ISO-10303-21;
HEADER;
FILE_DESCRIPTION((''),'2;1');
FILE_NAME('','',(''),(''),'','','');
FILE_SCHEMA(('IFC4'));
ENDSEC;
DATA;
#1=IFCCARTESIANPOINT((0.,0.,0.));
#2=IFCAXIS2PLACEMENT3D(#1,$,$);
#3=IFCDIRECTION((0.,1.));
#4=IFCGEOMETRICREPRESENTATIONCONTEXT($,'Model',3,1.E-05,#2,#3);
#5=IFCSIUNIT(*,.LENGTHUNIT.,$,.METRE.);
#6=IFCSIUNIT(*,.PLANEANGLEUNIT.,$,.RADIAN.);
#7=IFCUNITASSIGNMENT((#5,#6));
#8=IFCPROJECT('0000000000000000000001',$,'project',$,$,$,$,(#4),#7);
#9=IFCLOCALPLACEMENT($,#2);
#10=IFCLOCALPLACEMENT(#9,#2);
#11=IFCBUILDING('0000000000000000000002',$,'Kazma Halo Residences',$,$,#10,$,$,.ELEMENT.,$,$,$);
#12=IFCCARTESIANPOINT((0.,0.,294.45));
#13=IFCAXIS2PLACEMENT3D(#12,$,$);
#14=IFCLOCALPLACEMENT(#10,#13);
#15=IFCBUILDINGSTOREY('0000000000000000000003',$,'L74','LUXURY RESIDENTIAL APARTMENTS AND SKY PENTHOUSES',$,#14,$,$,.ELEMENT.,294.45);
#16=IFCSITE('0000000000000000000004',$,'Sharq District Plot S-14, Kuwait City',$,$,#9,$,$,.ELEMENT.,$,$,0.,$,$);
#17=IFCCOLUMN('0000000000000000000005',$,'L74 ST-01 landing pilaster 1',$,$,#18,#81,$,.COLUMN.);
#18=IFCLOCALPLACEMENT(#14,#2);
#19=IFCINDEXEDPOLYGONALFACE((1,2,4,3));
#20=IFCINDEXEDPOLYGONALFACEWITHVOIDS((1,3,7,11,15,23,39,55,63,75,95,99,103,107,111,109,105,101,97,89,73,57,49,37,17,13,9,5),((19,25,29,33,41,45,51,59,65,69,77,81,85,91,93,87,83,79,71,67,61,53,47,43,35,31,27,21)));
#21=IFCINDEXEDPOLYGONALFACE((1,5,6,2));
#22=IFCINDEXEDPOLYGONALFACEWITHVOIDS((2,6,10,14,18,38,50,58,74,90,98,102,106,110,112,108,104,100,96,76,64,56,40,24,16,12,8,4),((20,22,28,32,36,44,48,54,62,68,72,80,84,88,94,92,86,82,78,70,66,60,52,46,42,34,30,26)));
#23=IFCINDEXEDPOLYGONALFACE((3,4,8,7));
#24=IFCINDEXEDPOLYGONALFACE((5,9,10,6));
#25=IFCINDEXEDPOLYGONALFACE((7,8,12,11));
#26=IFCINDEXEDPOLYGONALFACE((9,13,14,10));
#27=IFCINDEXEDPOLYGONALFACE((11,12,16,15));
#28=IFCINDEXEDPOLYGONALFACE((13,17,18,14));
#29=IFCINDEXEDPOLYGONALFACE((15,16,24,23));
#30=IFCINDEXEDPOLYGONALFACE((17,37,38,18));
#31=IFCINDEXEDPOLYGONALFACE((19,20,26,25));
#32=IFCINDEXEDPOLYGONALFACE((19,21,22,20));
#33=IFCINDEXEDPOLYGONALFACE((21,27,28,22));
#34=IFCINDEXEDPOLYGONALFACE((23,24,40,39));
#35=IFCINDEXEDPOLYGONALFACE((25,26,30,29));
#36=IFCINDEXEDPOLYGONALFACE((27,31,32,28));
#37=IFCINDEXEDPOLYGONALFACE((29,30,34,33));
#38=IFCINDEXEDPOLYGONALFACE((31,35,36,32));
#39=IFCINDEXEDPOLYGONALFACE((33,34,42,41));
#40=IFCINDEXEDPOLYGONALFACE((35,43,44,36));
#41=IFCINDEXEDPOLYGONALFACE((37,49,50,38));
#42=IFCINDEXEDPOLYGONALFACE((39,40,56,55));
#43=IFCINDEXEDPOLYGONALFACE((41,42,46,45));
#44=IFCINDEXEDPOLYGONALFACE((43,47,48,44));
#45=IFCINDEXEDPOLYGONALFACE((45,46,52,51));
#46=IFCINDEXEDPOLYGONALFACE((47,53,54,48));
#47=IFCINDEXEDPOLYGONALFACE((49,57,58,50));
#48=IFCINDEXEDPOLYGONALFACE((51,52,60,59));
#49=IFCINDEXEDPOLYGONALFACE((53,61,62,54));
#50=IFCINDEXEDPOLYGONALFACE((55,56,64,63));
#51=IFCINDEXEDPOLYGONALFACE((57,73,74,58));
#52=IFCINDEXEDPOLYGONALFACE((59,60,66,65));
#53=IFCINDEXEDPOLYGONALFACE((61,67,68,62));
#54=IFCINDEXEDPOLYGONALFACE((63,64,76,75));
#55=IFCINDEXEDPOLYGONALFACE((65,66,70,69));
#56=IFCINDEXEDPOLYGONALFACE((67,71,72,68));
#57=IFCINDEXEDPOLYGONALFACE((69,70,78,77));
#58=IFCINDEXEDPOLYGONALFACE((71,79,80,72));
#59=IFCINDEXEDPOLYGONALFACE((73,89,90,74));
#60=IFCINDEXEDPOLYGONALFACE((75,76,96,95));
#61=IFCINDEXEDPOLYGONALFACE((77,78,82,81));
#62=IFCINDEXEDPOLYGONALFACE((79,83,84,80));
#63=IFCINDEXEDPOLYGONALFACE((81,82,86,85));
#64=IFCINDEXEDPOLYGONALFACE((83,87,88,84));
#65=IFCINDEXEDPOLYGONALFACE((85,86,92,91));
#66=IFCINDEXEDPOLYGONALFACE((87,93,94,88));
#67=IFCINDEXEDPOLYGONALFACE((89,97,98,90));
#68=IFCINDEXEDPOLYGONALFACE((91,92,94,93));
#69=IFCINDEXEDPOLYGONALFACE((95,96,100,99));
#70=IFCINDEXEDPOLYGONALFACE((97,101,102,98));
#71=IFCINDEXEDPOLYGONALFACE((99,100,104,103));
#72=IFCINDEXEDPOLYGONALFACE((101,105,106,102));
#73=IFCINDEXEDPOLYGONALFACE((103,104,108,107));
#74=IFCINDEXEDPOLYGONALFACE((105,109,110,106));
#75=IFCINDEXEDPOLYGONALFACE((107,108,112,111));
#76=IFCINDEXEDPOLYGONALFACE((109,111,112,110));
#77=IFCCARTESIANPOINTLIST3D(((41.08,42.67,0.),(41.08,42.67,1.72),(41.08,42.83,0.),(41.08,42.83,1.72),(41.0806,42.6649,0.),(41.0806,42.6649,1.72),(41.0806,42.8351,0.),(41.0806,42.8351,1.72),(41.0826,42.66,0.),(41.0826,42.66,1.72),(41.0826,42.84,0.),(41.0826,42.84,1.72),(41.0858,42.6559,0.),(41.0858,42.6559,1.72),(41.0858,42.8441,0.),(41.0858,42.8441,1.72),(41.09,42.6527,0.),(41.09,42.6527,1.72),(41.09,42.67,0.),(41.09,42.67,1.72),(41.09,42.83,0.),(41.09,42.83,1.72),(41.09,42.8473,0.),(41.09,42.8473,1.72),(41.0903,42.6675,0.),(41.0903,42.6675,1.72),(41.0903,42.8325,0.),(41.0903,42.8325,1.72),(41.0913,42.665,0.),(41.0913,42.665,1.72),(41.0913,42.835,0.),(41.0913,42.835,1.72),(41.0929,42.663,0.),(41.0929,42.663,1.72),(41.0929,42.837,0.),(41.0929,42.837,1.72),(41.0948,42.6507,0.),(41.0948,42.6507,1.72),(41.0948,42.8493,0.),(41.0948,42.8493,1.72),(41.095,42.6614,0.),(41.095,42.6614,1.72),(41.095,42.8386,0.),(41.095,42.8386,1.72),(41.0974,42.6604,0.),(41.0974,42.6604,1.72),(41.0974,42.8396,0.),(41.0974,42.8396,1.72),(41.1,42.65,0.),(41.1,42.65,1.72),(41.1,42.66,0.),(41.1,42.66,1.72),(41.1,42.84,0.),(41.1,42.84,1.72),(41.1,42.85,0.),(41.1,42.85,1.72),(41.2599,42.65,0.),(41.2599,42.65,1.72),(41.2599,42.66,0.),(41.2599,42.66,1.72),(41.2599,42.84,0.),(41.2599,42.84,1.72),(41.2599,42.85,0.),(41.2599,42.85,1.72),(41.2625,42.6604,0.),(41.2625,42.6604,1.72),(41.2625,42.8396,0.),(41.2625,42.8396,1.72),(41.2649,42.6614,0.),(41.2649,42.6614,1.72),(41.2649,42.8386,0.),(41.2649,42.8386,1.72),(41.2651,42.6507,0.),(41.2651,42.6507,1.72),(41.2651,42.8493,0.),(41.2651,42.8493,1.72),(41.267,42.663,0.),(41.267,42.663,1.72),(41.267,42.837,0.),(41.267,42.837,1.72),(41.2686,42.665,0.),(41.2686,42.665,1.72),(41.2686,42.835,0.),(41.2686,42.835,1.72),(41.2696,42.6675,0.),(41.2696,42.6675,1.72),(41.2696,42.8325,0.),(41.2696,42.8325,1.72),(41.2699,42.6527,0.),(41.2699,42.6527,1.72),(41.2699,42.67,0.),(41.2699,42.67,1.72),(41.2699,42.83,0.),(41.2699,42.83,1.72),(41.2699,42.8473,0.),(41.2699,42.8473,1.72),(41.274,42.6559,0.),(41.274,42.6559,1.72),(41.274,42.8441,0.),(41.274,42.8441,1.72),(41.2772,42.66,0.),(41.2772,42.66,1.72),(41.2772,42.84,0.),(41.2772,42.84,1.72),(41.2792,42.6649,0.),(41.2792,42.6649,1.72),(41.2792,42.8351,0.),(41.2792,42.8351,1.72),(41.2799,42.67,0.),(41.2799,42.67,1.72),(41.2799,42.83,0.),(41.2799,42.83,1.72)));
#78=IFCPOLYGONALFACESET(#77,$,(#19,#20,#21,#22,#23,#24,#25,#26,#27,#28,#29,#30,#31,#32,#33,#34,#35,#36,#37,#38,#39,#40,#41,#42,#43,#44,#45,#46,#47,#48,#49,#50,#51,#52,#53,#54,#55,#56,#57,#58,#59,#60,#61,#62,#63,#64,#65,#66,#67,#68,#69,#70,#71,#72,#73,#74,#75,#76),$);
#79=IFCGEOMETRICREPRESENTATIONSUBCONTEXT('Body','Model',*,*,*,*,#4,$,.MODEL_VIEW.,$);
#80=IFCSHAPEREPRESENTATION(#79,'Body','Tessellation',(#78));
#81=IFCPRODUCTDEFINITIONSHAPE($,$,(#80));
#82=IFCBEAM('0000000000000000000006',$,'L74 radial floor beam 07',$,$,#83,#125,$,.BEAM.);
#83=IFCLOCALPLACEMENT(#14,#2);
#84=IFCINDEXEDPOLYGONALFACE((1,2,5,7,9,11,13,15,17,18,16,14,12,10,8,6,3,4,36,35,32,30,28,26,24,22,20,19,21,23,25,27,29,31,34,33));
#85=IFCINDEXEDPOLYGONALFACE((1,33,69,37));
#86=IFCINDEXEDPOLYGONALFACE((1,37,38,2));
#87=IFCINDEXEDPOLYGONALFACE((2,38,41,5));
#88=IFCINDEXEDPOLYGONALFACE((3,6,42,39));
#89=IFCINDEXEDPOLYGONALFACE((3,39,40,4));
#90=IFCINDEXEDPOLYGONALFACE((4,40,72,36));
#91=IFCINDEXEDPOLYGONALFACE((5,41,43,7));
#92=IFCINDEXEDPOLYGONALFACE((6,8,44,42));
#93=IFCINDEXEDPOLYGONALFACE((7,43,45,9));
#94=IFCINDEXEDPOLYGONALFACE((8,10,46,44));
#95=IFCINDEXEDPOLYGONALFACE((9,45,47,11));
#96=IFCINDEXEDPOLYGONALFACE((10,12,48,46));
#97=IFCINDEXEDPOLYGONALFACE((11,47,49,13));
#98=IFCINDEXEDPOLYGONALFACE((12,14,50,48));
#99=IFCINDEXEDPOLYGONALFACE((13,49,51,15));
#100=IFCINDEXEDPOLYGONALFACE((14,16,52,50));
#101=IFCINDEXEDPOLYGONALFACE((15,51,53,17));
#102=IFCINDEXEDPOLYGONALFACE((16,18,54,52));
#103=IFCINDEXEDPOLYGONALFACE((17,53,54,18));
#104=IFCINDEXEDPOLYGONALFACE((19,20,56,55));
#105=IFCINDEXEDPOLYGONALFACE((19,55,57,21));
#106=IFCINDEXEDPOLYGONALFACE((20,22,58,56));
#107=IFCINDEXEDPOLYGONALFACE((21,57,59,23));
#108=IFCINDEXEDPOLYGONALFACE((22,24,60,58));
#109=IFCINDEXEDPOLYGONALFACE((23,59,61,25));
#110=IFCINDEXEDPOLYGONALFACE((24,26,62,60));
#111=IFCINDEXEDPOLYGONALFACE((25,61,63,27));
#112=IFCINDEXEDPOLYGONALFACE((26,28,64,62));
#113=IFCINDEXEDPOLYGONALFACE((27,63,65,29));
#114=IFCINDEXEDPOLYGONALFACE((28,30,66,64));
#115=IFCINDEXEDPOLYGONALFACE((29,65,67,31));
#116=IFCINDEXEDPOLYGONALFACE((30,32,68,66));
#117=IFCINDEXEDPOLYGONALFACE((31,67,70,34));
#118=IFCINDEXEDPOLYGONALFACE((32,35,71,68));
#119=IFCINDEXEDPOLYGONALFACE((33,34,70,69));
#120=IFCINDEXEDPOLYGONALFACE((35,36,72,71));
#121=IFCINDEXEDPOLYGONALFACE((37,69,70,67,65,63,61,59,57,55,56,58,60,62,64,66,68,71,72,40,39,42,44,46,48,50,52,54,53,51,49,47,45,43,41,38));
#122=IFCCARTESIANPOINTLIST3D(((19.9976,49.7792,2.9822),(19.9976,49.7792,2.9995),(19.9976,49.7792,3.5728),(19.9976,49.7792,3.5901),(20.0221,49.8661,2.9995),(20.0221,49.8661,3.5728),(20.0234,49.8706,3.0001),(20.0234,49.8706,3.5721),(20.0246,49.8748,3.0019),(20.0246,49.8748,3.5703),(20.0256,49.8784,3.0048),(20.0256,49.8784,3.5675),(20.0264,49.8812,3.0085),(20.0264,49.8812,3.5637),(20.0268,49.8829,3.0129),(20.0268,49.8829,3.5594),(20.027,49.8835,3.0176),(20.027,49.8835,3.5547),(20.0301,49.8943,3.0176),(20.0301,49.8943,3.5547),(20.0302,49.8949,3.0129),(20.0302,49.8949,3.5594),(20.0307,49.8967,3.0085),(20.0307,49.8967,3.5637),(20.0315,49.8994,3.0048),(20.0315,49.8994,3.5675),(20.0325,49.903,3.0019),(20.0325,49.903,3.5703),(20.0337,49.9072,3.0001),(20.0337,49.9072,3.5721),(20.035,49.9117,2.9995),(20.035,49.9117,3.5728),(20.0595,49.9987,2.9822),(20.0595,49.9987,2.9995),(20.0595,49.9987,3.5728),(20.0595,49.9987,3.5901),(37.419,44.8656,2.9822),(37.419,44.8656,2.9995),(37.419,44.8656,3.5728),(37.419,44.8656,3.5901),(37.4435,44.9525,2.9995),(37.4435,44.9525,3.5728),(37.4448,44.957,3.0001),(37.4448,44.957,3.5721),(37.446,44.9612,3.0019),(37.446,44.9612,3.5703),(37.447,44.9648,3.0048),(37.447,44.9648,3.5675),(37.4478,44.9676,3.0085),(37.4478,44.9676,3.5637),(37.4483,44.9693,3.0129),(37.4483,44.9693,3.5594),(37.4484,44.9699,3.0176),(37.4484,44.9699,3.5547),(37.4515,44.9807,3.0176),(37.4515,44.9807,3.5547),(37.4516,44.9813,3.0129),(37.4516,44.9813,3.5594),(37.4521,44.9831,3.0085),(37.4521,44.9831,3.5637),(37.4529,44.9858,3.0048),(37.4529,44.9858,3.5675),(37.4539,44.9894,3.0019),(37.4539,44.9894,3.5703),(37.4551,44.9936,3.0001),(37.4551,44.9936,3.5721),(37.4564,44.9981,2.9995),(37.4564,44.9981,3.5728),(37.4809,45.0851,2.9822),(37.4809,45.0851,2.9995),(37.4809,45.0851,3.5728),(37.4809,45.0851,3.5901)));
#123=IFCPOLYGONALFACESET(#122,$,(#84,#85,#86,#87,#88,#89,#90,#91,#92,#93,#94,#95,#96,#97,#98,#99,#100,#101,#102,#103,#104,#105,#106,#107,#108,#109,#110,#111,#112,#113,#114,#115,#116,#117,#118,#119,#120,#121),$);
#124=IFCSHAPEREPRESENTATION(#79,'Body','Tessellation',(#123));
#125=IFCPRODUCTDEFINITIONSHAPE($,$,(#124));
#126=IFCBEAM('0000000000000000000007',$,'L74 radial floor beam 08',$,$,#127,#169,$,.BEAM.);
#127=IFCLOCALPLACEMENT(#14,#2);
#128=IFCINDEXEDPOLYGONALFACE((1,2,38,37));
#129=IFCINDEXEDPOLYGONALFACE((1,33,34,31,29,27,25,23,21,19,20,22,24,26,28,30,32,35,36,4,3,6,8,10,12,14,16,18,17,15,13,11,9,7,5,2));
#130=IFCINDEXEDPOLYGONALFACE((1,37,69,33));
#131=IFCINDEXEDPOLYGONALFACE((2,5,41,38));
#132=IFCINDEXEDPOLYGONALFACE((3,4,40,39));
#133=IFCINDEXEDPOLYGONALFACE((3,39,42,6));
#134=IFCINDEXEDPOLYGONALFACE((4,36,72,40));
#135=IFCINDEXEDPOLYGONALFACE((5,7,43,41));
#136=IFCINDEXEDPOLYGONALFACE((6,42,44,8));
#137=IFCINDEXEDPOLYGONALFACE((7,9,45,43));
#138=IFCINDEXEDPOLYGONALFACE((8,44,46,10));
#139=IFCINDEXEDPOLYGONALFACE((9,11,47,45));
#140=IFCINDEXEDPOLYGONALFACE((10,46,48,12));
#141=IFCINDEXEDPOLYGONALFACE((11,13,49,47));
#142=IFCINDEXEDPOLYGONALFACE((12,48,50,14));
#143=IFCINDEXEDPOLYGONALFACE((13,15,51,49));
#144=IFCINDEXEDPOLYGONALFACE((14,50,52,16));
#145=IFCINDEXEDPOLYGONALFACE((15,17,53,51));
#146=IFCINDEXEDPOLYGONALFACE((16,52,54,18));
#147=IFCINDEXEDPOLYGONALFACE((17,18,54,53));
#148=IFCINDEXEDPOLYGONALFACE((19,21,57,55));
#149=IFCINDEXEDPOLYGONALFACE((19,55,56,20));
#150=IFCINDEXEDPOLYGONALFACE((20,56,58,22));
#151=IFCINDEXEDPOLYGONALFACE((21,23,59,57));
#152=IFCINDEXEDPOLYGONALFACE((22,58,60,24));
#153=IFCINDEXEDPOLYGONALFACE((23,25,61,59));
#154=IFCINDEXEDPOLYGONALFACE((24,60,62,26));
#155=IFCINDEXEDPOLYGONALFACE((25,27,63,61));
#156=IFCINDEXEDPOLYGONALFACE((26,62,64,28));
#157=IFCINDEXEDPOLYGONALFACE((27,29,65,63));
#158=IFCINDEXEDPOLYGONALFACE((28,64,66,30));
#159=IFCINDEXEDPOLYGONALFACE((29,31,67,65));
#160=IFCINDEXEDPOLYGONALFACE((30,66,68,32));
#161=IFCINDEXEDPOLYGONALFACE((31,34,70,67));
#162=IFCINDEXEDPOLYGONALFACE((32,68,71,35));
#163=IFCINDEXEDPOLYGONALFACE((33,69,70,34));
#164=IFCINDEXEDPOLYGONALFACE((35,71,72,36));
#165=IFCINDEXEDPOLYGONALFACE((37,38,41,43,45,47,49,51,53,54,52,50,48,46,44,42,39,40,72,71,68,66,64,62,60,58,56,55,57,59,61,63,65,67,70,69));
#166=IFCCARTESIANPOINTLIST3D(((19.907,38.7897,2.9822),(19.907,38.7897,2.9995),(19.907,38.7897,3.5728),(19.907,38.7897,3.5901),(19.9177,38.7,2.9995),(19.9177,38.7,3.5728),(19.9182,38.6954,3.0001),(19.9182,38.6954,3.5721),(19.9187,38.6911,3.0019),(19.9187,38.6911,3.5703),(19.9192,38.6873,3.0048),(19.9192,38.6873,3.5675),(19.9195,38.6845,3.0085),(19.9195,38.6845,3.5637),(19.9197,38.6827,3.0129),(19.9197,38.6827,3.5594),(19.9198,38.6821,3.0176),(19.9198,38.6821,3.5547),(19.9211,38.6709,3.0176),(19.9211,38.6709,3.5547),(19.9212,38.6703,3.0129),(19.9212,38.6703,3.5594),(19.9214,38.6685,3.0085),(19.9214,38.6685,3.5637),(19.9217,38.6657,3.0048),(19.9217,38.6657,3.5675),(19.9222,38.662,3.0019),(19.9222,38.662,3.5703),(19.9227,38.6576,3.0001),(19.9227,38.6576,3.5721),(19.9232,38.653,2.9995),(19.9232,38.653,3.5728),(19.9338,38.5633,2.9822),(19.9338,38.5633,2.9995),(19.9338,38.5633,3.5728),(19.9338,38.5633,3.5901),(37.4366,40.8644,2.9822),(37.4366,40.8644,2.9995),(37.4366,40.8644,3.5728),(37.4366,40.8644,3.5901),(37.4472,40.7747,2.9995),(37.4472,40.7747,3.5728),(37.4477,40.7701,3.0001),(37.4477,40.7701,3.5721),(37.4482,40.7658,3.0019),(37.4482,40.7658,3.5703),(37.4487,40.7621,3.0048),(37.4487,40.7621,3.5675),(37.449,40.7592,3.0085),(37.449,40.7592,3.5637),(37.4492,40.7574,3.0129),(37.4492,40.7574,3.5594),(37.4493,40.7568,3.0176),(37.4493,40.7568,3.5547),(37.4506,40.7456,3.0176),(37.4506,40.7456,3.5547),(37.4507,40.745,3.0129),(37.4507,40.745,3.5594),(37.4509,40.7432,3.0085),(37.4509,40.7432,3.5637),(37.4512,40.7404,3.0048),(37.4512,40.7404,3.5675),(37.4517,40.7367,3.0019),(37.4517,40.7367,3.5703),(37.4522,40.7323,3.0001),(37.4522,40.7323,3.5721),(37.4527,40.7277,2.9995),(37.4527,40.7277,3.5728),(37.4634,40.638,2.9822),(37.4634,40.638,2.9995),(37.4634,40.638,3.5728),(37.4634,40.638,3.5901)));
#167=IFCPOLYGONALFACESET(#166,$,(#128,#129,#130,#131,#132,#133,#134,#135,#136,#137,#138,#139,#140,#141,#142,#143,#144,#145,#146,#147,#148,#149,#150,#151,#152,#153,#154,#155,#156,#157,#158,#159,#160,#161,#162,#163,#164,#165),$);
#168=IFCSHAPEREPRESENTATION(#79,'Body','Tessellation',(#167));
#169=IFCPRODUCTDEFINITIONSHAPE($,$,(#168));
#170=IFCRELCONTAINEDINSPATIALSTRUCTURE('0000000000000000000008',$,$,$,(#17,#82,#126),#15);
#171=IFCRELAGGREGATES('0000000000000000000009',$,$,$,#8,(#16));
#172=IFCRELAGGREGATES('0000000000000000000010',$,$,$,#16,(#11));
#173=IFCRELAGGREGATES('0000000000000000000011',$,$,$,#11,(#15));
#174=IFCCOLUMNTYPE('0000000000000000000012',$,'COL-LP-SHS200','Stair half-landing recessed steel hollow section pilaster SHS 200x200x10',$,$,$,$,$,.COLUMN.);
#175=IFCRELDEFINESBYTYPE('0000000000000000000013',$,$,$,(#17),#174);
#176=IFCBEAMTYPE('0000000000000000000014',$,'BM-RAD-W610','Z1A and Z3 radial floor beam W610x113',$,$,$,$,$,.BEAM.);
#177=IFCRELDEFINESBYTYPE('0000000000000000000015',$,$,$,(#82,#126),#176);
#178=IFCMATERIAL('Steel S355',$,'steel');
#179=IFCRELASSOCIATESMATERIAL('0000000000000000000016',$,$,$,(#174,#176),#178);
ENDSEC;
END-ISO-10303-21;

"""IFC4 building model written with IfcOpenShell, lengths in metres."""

from ifc_helpers import new_model, si_unit, direction, frame, origin, origin_2d, place, context, subcontext, project, spatial, hollow_rectangle, i_section, extrude, material, material_profile, profile_set, type_object, element, save


model = new_model("IFC4")

# Units and contexts
model_context = context("Model", 3, precision=1e-05, world=origin(), true_north=direction((0.0, 1.0)))
body_context = subcontext(model_context, "Body", "Model", "MODEL_VIEW")
ifc_project = project(units=[si_unit("LENGTHUNIT", "METRE"), si_unit("PLANEANGLEUNIT", "RADIAN")], contexts=[model_context])

# Site, building, storey
site_placement = place(None, origin())
site = spatial("IfcSite", under=ifc_project, at=site_placement, Name="Sharq District Plot S-14, Kuwait City", CompositionType="ELEMENT", RefElevation=0.0)
building_placement = place(site_placement, origin())
building = spatial("IfcBuilding", under=site, at=building_placement, Name="Kazma Halo Residences", CompositionType="ELEMENT")
storey_placement = place(building_placement, frame((0.0, 0.0, 294.45)))
storey = spatial("IfcBuildingStorey", under=building, at=storey_placement, Name="L74", Description="LUXURY RESIDENTIAL APARTMENTS AND SKY PENTHOUSES", CompositionType="ELEMENT", Elevation=294.45)

# Column
ifc_material_1 = material(Name="Steel S355", Category="steel")
ifc_material_profile_1 = material_profile(ifc_material_1, hollow_rectangle(XDim=0.2, YDim=0.2, WallThickness=0.01, InnerFilletRadius=0.01, OuterFilletRadius=0.02, at=origin_2d()), Name="SHS200x200x10")
ifc_profile_set_1 = profile_set([ifc_material_profile_1], Name="Steel S355")
column_type = type_object("IfcColumnType", Name="COL-LP-SHS200", Description="Stair half-landing recessed steel hollow section pilaster SHS 200x200x10", PredefinedType="COLUMN", material=ifc_profile_set_1)
column_placement = place(storey_placement, frame((41.1799, 42.75, 0.0), z_axis=(0.0, 0.0, 1.0), x_axis=(1.0, 0.0, 0.0)))
element("IfcColumn", 1, at=column_placement, inside=storey, type_object=column_type, Name="L74 ST-01 landing pilaster 1", PredefinedType="COLUMN", context=body_context, shape_type="SweptSolid", body=[
    extrude(hollow_rectangle(XDim=0.2, YDim=0.2, WallThickness=0.01, InnerFilletRadius=0.01, OuterFilletRadius=0.02, at=origin_2d()), origin(), (0.0, 0.0, 1.0), 1.72),
])

# Beams
ifc_material_profile_2 = material_profile(ifc_material_1, i_section(OverallWidth=0.228, OverallDepth=0.6079, WebThickness=0.0112, FlangeThickness=0.0173, FilletRadius=0.0181, at=origin_2d()), Name="W610x113")
ifc_profile_set_2 = profile_set([ifc_material_profile_2], Name="Steel S355")
beam_type_1 = type_object("IfcBeamType", Name="BM-RAD-W610", Description="Z1A and Z3 radial floor beam W610x113", PredefinedType="BEAM", material=ifc_profile_set_2)
beam_1_placement = place(storey_placement, frame((37.45, 44.9753, 3.2861), z_axis=(-0.962452, 0.271452, 0.0), x_axis=(-0.271452, -0.962452, 0.0)))
element("IfcBeam", 2, at=beam_1_placement, inside=storey, type_object=beam_type_1, Name="L74 radial floor beam 07", PredefinedType="BEAM", context=body_context, shape_type="SweptSolid", body=[
    extrude(i_section(OverallWidth=0.228, OverallDepth=0.6079, WebThickness=0.0112, FlangeThickness=0.0173, FilletRadius=0.0181, at=origin_2d()), origin(), (0.0, 0.0, 1.0), 18.1011),
])
beam_2_placement = place(storey_placement, frame((37.45, 40.7512, 3.2861), z_axis=(-0.993069, -0.117535, 0.0), x_axis=(0.117535, -0.993069, 0.0)))
element("IfcBeam", 3, at=beam_2_placement, inside=storey, type_object=beam_type_1, Name="L74 radial floor beam 08", PredefinedType="BEAM", context=body_context, shape_type="SweptSolid", body=[
    extrude(i_section(OverallWidth=0.228, OverallDepth=0.6079, WebThickness=0.0112, FlangeThickness=0.0173, FilletRadius=0.0181, at=origin_2d()), origin(), (0.0, 0.0, 1.0), 17.6519),
])

save(model, "model.ifc")
